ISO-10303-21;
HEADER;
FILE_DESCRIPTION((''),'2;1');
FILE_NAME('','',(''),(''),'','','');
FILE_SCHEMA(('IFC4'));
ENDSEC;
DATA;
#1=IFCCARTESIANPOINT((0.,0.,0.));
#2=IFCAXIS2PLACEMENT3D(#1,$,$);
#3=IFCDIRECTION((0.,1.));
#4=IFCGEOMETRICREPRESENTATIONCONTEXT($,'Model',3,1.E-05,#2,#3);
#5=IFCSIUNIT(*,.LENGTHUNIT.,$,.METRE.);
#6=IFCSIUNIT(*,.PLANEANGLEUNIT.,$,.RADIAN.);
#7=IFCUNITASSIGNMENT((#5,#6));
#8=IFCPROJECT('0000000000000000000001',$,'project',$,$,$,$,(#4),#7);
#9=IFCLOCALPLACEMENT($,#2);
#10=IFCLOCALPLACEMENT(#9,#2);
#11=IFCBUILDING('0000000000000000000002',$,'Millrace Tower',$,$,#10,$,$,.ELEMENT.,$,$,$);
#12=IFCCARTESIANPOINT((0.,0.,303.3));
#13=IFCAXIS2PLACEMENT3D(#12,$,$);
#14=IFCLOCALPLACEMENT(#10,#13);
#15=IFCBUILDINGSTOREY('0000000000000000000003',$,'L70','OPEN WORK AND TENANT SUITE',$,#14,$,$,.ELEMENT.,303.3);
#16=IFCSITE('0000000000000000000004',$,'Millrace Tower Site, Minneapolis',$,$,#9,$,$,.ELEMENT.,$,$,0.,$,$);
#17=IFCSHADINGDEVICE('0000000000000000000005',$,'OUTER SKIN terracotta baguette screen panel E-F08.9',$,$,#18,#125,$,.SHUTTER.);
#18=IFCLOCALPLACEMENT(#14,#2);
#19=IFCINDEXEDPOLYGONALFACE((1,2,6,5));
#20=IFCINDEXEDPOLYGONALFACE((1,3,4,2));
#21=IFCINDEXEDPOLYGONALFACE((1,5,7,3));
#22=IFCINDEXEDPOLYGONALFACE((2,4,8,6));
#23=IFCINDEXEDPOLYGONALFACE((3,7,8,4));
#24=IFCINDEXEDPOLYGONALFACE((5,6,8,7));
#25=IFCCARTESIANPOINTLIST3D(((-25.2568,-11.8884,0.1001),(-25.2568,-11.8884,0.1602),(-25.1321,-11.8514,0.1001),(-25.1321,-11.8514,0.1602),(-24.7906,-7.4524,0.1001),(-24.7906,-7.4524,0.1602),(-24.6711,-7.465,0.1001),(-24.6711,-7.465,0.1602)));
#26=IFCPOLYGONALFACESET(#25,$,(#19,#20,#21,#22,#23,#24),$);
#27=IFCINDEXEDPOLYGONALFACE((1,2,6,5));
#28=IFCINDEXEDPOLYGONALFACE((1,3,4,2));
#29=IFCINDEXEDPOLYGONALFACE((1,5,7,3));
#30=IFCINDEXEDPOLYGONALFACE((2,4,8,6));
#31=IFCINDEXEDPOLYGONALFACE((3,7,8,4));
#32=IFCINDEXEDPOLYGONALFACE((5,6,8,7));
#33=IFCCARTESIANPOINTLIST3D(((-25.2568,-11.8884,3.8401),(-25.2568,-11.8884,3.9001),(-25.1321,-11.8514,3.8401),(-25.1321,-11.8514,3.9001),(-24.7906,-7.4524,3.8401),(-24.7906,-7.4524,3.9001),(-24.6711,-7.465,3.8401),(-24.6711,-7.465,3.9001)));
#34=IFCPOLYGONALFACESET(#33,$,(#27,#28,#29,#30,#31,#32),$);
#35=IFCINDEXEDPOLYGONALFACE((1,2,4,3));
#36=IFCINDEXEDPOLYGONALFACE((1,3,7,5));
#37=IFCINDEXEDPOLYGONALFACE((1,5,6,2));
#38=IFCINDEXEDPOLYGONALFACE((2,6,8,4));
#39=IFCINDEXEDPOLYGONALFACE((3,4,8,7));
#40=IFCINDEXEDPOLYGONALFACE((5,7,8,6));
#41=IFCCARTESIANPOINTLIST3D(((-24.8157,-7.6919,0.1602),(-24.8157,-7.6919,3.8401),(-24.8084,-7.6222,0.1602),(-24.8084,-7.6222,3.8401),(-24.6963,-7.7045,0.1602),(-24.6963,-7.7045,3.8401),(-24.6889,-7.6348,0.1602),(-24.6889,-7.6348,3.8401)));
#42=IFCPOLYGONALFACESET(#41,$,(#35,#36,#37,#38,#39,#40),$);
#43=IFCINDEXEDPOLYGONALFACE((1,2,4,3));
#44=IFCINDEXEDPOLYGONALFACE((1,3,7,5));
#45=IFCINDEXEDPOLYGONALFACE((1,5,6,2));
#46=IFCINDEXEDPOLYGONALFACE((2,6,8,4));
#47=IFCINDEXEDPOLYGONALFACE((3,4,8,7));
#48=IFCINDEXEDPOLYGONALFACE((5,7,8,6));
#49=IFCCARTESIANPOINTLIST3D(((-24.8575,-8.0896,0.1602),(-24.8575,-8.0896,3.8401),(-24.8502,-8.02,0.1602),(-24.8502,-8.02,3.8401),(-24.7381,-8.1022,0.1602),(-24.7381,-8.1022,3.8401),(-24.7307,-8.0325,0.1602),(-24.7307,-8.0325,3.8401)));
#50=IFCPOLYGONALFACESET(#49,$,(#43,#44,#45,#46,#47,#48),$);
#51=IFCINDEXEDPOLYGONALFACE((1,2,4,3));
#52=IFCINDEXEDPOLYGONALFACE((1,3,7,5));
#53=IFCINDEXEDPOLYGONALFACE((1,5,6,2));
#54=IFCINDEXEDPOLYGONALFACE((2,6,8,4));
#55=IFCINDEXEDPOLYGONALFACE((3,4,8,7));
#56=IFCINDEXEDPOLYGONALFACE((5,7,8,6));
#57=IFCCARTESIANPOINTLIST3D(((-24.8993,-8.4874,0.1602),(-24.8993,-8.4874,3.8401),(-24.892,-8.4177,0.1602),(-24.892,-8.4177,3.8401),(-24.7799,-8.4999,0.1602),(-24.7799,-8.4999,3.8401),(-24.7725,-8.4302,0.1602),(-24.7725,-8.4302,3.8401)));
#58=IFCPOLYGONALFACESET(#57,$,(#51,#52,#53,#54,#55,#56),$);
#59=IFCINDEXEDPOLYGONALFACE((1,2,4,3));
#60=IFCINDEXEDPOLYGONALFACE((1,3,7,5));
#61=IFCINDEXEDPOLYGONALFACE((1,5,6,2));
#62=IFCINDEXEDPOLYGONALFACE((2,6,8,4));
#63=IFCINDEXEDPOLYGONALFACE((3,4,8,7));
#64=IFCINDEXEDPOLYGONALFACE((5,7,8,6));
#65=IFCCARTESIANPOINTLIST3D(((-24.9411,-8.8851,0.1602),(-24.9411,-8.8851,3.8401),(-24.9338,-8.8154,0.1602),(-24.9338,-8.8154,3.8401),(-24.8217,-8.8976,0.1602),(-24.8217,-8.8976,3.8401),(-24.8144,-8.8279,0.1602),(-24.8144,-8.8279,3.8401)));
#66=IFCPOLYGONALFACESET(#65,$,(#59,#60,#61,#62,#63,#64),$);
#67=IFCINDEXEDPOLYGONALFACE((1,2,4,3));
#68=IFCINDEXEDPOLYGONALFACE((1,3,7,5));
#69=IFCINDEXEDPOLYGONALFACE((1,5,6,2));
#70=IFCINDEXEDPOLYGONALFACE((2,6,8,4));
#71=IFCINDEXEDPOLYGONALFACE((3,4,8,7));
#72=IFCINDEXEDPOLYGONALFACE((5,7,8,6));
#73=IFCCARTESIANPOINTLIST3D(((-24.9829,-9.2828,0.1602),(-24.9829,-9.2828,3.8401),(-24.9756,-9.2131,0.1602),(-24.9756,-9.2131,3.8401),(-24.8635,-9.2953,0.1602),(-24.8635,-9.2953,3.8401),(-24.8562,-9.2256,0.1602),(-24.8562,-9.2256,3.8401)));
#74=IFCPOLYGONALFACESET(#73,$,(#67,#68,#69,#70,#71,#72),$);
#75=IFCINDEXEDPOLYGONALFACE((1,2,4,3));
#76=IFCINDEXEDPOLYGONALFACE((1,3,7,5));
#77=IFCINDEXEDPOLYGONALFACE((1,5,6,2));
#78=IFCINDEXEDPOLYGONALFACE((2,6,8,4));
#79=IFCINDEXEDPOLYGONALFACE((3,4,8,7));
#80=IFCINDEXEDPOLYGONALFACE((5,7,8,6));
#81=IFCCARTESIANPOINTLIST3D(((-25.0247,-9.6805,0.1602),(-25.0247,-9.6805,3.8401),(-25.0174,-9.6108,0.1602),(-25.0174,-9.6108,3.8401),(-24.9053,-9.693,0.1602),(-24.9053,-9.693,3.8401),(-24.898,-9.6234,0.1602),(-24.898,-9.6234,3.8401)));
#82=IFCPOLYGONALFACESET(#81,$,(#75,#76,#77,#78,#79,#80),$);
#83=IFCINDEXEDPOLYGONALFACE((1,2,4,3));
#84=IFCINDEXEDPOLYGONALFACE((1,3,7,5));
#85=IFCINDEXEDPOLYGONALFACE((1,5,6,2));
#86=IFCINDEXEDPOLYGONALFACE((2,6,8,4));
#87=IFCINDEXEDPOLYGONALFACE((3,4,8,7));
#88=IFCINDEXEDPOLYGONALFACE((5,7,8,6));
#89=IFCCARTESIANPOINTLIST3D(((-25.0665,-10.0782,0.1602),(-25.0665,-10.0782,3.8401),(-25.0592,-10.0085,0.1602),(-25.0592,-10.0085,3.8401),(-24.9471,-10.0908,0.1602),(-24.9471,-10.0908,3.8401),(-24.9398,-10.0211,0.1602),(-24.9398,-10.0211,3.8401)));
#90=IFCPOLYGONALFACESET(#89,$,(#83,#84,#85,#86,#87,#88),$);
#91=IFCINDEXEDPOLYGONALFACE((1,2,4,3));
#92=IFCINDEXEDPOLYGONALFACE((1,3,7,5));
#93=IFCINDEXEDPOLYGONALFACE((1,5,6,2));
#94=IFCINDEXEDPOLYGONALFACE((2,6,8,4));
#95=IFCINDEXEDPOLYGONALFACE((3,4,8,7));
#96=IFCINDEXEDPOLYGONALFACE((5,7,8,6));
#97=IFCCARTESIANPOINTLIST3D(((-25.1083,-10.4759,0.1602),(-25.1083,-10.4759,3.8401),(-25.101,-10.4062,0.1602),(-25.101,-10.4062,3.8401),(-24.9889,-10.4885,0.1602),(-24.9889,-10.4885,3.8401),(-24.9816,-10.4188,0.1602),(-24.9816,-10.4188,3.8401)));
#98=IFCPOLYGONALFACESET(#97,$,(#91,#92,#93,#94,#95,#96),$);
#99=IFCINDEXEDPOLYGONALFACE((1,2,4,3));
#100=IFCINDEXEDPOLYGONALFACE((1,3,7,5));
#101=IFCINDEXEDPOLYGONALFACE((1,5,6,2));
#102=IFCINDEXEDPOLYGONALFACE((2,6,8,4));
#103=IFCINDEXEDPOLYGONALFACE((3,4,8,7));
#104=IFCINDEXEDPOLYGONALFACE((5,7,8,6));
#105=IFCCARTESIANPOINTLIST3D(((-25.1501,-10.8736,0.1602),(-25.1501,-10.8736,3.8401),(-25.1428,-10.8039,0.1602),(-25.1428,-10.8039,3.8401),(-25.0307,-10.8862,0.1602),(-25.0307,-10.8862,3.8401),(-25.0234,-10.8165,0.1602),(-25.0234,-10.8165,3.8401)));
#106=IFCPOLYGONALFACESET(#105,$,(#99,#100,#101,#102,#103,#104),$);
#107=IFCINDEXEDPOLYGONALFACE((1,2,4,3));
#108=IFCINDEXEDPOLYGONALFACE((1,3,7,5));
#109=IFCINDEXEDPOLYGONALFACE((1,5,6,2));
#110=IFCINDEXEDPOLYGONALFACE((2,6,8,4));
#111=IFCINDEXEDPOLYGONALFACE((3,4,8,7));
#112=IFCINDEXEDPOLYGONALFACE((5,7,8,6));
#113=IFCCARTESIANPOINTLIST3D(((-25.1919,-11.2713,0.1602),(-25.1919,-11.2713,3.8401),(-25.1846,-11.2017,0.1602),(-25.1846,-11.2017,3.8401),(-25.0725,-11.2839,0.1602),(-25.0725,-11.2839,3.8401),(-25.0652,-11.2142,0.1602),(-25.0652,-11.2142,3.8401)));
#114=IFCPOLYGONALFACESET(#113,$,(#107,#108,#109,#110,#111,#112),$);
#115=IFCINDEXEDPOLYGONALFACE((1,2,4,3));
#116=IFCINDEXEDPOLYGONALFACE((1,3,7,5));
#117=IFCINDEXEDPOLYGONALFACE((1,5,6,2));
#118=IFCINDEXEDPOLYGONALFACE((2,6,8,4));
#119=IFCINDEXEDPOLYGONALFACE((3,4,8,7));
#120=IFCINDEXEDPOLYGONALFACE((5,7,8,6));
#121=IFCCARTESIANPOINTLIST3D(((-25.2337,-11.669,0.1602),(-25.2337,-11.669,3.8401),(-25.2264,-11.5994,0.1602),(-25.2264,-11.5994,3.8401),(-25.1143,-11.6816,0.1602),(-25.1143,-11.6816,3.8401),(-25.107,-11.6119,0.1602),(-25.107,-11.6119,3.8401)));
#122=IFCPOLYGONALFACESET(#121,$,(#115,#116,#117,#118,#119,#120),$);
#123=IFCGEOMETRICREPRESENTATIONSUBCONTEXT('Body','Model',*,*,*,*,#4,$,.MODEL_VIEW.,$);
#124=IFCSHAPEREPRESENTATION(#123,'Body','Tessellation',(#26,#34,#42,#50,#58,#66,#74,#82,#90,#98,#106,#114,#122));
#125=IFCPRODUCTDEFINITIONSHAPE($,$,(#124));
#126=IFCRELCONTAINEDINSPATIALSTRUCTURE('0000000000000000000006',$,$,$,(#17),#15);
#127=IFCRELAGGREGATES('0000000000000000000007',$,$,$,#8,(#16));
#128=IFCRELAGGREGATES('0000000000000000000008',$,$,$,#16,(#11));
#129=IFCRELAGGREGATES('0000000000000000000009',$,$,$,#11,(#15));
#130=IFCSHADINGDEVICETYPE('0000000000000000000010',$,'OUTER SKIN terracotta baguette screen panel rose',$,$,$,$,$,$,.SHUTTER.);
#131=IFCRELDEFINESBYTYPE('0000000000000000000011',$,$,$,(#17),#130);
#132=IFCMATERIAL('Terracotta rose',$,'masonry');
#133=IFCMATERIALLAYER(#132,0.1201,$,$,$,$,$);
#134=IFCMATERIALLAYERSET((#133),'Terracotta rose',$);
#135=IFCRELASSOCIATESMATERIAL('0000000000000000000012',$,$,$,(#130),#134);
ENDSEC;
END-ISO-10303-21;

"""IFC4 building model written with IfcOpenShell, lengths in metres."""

from ifc_helpers import new_model, entity, si_unit, direction, frame, frame_2d, origin, place, context, subcontext, project, spatial, rectangle, extrude, source, transform, mapped, material, layer, layer_set, type_object, element, save


model = new_model("IFC4")

# Units and contexts
model_context = context("Model", 3, precision=1e-05, world=origin(), true_north=direction((0.0, 1.0)))
body_context = subcontext(model_context, "Body", "Model", "MODEL_VIEW")
ifc_project = project(units=[si_unit("LENGTHUNIT", "METRE"), si_unit("PLANEANGLEUNIT", "RADIAN")], contexts=[model_context])

# Site, building, storey
site_placement = place(None, origin())
site = spatial("IfcSite", under=ifc_project, at=site_placement, Name="Millrace Tower Site, Minneapolis", CompositionType="ELEMENT", RefElevation=0.0)
building_placement = place(site_placement, origin())
building = spatial("IfcBuilding", under=site, at=building_placement, Name="Millrace Tower", CompositionType="ELEMENT")
storey_placement = place(building_placement, frame((0.0, 0.0, 303.3)))
storey = spatial("IfcBuildingStorey", under=building, at=storey_placement, Name="L70", Description="OPEN WORK AND TENANT SUITE", CompositionType="ELEMENT", Elevation=303.3)

# Shading device
ifc_material_1 = material(Name="Terracotta rose", Category="masonry")
ifc_layer_1 = layer(ifc_material_1, 0.1201)
ifc_layer_set_1 = layer_set([ifc_layer_1], Name="Terracotta rose")
shading_device_type = type_object("IfcShadingDeviceType", Name="OUTER SKIN terracotta baguette screen panel rose", PredefinedType="SHUTTER", material=ifc_layer_set_1)
cartesian_point_1 = entity("IfcCartesianPoint", [-2.2178, 0.0601])
shared_polyline_1 = entity("IfcPolyline", [cartesian_point_1, entity("IfcCartesianPoint", [2.1929, 0.0601]), entity("IfcCartesianPoint", [2.2427, -0.0601]), entity("IfcCartesianPoint", [-2.2178, -0.0601]), cartesian_point_1])
shared_shape_1 = source(origin(), body_context, "Body", "SweptSolid", [
    entity("IfcExtrudedAreaSolid", entity("IfcArbitraryClosedProfileDef", "AREA", None, shared_polyline_1), entity("IfcAxis2Placement3D", entity("IfcCartesianPoint", [0.0, 0.0, 0.0])), entity("IfcDirection", [0.0, 0.0, 1.0]), 0.0601),
    entity("IfcExtrudedAreaSolid", entity("IfcArbitraryClosedProfileDef", "AREA", None, shared_polyline_1), entity("IfcAxis2Placement3D", entity("IfcCartesianPoint", [0.0, 0.0, 3.74])), entity("IfcDirection", [0.0, 0.0, 1.0]), 0.0601),
    extrude(rectangle(XDim=0.0701, YDim=0.1201, at=frame_2d((-2.012, 0.0))), frame((0.0, 0.0, 0.0601)), (0.0, 0.0, 1.0), 3.6799),
    extrude(rectangle(XDim=0.0701, YDim=0.1201, at=frame_2d((-1.6121, 0.0))), frame((0.0, 0.0, 0.0601)), (0.0, 0.0, 1.0), 3.6799),
    extrude(rectangle(XDim=0.0701, YDim=0.1201, at=frame_2d((-1.2122, 0.0))), frame((0.0, 0.0, 0.0601)), (0.0, 0.0, 1.0), 3.6799),
    extrude(rectangle(XDim=0.0701, YDim=0.1201, at=frame_2d((-0.8123, 0.0))), frame((0.0, 0.0, 0.0601)), (0.0, 0.0, 1.0), 3.6799),
    extrude(rectangle(XDim=0.0701, YDim=0.1201, at=frame_2d((-0.4124, 0.0))), frame((0.0, 0.0, 0.0601)), (0.0, 0.0, 1.0), 3.6799),
    extrude(rectangle(XDim=0.0701, YDim=0.1201, at=frame_2d((-0.0125, 0.0))), frame((0.0, 0.0, 0.0601)), (0.0, 0.0, 1.0), 3.6799),
    extrude(rectangle(XDim=0.0701, YDim=0.1201, at=frame_2d((0.3875, 0.0))), frame((0.0, 0.0, 0.0601)), (0.0, 0.0, 1.0), 3.6799),
    extrude(rectangle(XDim=0.0701, YDim=0.1201, at=frame_2d((0.7874, 0.0))), frame((0.0, 0.0, 0.0601)), (0.0, 0.0, 1.0), 3.6799),
    extrude(rectangle(XDim=0.0701, YDim=0.1201, at=frame_2d((1.1873, 0.0))), frame((0.0, 0.0, 0.0601)), (0.0, 0.0, 1.0), 3.6799),
    extrude(rectangle(XDim=0.0701, YDim=0.1201, at=frame_2d((1.5872, 0.0))), frame((0.0, 0.0, 0.0601)), (0.0, 0.0, 1.0), 3.6799),
    extrude(rectangle(XDim=0.0701, YDim=0.1201, at=frame_2d((1.9871, 0.0))), frame((0.0, 0.0, 0.0601)), (0.0, 0.0, 1.0), 3.6799),
])
shading_device_placement = place(storey_placement, frame((-24.9626, -9.6643, 0.1001), z_axis=(0.0, 0.0, 1.0), x_axis=(-0.104528, -0.994522, 0.0)))
element("IfcShadingDevice", 1, at=shading_device_placement, inside=storey, type_object=shading_device_type, Name="OUTER SKIN terracotta baguette screen panel E-F08.9", PredefinedType="SHUTTER", context=body_context, shape_type="MappedRepresentation", body=[
    mapped(shared_shape_1, transform((0.0, 0.0, 0.0), scale=1.0)),
])

save(model, "model.ifc")
